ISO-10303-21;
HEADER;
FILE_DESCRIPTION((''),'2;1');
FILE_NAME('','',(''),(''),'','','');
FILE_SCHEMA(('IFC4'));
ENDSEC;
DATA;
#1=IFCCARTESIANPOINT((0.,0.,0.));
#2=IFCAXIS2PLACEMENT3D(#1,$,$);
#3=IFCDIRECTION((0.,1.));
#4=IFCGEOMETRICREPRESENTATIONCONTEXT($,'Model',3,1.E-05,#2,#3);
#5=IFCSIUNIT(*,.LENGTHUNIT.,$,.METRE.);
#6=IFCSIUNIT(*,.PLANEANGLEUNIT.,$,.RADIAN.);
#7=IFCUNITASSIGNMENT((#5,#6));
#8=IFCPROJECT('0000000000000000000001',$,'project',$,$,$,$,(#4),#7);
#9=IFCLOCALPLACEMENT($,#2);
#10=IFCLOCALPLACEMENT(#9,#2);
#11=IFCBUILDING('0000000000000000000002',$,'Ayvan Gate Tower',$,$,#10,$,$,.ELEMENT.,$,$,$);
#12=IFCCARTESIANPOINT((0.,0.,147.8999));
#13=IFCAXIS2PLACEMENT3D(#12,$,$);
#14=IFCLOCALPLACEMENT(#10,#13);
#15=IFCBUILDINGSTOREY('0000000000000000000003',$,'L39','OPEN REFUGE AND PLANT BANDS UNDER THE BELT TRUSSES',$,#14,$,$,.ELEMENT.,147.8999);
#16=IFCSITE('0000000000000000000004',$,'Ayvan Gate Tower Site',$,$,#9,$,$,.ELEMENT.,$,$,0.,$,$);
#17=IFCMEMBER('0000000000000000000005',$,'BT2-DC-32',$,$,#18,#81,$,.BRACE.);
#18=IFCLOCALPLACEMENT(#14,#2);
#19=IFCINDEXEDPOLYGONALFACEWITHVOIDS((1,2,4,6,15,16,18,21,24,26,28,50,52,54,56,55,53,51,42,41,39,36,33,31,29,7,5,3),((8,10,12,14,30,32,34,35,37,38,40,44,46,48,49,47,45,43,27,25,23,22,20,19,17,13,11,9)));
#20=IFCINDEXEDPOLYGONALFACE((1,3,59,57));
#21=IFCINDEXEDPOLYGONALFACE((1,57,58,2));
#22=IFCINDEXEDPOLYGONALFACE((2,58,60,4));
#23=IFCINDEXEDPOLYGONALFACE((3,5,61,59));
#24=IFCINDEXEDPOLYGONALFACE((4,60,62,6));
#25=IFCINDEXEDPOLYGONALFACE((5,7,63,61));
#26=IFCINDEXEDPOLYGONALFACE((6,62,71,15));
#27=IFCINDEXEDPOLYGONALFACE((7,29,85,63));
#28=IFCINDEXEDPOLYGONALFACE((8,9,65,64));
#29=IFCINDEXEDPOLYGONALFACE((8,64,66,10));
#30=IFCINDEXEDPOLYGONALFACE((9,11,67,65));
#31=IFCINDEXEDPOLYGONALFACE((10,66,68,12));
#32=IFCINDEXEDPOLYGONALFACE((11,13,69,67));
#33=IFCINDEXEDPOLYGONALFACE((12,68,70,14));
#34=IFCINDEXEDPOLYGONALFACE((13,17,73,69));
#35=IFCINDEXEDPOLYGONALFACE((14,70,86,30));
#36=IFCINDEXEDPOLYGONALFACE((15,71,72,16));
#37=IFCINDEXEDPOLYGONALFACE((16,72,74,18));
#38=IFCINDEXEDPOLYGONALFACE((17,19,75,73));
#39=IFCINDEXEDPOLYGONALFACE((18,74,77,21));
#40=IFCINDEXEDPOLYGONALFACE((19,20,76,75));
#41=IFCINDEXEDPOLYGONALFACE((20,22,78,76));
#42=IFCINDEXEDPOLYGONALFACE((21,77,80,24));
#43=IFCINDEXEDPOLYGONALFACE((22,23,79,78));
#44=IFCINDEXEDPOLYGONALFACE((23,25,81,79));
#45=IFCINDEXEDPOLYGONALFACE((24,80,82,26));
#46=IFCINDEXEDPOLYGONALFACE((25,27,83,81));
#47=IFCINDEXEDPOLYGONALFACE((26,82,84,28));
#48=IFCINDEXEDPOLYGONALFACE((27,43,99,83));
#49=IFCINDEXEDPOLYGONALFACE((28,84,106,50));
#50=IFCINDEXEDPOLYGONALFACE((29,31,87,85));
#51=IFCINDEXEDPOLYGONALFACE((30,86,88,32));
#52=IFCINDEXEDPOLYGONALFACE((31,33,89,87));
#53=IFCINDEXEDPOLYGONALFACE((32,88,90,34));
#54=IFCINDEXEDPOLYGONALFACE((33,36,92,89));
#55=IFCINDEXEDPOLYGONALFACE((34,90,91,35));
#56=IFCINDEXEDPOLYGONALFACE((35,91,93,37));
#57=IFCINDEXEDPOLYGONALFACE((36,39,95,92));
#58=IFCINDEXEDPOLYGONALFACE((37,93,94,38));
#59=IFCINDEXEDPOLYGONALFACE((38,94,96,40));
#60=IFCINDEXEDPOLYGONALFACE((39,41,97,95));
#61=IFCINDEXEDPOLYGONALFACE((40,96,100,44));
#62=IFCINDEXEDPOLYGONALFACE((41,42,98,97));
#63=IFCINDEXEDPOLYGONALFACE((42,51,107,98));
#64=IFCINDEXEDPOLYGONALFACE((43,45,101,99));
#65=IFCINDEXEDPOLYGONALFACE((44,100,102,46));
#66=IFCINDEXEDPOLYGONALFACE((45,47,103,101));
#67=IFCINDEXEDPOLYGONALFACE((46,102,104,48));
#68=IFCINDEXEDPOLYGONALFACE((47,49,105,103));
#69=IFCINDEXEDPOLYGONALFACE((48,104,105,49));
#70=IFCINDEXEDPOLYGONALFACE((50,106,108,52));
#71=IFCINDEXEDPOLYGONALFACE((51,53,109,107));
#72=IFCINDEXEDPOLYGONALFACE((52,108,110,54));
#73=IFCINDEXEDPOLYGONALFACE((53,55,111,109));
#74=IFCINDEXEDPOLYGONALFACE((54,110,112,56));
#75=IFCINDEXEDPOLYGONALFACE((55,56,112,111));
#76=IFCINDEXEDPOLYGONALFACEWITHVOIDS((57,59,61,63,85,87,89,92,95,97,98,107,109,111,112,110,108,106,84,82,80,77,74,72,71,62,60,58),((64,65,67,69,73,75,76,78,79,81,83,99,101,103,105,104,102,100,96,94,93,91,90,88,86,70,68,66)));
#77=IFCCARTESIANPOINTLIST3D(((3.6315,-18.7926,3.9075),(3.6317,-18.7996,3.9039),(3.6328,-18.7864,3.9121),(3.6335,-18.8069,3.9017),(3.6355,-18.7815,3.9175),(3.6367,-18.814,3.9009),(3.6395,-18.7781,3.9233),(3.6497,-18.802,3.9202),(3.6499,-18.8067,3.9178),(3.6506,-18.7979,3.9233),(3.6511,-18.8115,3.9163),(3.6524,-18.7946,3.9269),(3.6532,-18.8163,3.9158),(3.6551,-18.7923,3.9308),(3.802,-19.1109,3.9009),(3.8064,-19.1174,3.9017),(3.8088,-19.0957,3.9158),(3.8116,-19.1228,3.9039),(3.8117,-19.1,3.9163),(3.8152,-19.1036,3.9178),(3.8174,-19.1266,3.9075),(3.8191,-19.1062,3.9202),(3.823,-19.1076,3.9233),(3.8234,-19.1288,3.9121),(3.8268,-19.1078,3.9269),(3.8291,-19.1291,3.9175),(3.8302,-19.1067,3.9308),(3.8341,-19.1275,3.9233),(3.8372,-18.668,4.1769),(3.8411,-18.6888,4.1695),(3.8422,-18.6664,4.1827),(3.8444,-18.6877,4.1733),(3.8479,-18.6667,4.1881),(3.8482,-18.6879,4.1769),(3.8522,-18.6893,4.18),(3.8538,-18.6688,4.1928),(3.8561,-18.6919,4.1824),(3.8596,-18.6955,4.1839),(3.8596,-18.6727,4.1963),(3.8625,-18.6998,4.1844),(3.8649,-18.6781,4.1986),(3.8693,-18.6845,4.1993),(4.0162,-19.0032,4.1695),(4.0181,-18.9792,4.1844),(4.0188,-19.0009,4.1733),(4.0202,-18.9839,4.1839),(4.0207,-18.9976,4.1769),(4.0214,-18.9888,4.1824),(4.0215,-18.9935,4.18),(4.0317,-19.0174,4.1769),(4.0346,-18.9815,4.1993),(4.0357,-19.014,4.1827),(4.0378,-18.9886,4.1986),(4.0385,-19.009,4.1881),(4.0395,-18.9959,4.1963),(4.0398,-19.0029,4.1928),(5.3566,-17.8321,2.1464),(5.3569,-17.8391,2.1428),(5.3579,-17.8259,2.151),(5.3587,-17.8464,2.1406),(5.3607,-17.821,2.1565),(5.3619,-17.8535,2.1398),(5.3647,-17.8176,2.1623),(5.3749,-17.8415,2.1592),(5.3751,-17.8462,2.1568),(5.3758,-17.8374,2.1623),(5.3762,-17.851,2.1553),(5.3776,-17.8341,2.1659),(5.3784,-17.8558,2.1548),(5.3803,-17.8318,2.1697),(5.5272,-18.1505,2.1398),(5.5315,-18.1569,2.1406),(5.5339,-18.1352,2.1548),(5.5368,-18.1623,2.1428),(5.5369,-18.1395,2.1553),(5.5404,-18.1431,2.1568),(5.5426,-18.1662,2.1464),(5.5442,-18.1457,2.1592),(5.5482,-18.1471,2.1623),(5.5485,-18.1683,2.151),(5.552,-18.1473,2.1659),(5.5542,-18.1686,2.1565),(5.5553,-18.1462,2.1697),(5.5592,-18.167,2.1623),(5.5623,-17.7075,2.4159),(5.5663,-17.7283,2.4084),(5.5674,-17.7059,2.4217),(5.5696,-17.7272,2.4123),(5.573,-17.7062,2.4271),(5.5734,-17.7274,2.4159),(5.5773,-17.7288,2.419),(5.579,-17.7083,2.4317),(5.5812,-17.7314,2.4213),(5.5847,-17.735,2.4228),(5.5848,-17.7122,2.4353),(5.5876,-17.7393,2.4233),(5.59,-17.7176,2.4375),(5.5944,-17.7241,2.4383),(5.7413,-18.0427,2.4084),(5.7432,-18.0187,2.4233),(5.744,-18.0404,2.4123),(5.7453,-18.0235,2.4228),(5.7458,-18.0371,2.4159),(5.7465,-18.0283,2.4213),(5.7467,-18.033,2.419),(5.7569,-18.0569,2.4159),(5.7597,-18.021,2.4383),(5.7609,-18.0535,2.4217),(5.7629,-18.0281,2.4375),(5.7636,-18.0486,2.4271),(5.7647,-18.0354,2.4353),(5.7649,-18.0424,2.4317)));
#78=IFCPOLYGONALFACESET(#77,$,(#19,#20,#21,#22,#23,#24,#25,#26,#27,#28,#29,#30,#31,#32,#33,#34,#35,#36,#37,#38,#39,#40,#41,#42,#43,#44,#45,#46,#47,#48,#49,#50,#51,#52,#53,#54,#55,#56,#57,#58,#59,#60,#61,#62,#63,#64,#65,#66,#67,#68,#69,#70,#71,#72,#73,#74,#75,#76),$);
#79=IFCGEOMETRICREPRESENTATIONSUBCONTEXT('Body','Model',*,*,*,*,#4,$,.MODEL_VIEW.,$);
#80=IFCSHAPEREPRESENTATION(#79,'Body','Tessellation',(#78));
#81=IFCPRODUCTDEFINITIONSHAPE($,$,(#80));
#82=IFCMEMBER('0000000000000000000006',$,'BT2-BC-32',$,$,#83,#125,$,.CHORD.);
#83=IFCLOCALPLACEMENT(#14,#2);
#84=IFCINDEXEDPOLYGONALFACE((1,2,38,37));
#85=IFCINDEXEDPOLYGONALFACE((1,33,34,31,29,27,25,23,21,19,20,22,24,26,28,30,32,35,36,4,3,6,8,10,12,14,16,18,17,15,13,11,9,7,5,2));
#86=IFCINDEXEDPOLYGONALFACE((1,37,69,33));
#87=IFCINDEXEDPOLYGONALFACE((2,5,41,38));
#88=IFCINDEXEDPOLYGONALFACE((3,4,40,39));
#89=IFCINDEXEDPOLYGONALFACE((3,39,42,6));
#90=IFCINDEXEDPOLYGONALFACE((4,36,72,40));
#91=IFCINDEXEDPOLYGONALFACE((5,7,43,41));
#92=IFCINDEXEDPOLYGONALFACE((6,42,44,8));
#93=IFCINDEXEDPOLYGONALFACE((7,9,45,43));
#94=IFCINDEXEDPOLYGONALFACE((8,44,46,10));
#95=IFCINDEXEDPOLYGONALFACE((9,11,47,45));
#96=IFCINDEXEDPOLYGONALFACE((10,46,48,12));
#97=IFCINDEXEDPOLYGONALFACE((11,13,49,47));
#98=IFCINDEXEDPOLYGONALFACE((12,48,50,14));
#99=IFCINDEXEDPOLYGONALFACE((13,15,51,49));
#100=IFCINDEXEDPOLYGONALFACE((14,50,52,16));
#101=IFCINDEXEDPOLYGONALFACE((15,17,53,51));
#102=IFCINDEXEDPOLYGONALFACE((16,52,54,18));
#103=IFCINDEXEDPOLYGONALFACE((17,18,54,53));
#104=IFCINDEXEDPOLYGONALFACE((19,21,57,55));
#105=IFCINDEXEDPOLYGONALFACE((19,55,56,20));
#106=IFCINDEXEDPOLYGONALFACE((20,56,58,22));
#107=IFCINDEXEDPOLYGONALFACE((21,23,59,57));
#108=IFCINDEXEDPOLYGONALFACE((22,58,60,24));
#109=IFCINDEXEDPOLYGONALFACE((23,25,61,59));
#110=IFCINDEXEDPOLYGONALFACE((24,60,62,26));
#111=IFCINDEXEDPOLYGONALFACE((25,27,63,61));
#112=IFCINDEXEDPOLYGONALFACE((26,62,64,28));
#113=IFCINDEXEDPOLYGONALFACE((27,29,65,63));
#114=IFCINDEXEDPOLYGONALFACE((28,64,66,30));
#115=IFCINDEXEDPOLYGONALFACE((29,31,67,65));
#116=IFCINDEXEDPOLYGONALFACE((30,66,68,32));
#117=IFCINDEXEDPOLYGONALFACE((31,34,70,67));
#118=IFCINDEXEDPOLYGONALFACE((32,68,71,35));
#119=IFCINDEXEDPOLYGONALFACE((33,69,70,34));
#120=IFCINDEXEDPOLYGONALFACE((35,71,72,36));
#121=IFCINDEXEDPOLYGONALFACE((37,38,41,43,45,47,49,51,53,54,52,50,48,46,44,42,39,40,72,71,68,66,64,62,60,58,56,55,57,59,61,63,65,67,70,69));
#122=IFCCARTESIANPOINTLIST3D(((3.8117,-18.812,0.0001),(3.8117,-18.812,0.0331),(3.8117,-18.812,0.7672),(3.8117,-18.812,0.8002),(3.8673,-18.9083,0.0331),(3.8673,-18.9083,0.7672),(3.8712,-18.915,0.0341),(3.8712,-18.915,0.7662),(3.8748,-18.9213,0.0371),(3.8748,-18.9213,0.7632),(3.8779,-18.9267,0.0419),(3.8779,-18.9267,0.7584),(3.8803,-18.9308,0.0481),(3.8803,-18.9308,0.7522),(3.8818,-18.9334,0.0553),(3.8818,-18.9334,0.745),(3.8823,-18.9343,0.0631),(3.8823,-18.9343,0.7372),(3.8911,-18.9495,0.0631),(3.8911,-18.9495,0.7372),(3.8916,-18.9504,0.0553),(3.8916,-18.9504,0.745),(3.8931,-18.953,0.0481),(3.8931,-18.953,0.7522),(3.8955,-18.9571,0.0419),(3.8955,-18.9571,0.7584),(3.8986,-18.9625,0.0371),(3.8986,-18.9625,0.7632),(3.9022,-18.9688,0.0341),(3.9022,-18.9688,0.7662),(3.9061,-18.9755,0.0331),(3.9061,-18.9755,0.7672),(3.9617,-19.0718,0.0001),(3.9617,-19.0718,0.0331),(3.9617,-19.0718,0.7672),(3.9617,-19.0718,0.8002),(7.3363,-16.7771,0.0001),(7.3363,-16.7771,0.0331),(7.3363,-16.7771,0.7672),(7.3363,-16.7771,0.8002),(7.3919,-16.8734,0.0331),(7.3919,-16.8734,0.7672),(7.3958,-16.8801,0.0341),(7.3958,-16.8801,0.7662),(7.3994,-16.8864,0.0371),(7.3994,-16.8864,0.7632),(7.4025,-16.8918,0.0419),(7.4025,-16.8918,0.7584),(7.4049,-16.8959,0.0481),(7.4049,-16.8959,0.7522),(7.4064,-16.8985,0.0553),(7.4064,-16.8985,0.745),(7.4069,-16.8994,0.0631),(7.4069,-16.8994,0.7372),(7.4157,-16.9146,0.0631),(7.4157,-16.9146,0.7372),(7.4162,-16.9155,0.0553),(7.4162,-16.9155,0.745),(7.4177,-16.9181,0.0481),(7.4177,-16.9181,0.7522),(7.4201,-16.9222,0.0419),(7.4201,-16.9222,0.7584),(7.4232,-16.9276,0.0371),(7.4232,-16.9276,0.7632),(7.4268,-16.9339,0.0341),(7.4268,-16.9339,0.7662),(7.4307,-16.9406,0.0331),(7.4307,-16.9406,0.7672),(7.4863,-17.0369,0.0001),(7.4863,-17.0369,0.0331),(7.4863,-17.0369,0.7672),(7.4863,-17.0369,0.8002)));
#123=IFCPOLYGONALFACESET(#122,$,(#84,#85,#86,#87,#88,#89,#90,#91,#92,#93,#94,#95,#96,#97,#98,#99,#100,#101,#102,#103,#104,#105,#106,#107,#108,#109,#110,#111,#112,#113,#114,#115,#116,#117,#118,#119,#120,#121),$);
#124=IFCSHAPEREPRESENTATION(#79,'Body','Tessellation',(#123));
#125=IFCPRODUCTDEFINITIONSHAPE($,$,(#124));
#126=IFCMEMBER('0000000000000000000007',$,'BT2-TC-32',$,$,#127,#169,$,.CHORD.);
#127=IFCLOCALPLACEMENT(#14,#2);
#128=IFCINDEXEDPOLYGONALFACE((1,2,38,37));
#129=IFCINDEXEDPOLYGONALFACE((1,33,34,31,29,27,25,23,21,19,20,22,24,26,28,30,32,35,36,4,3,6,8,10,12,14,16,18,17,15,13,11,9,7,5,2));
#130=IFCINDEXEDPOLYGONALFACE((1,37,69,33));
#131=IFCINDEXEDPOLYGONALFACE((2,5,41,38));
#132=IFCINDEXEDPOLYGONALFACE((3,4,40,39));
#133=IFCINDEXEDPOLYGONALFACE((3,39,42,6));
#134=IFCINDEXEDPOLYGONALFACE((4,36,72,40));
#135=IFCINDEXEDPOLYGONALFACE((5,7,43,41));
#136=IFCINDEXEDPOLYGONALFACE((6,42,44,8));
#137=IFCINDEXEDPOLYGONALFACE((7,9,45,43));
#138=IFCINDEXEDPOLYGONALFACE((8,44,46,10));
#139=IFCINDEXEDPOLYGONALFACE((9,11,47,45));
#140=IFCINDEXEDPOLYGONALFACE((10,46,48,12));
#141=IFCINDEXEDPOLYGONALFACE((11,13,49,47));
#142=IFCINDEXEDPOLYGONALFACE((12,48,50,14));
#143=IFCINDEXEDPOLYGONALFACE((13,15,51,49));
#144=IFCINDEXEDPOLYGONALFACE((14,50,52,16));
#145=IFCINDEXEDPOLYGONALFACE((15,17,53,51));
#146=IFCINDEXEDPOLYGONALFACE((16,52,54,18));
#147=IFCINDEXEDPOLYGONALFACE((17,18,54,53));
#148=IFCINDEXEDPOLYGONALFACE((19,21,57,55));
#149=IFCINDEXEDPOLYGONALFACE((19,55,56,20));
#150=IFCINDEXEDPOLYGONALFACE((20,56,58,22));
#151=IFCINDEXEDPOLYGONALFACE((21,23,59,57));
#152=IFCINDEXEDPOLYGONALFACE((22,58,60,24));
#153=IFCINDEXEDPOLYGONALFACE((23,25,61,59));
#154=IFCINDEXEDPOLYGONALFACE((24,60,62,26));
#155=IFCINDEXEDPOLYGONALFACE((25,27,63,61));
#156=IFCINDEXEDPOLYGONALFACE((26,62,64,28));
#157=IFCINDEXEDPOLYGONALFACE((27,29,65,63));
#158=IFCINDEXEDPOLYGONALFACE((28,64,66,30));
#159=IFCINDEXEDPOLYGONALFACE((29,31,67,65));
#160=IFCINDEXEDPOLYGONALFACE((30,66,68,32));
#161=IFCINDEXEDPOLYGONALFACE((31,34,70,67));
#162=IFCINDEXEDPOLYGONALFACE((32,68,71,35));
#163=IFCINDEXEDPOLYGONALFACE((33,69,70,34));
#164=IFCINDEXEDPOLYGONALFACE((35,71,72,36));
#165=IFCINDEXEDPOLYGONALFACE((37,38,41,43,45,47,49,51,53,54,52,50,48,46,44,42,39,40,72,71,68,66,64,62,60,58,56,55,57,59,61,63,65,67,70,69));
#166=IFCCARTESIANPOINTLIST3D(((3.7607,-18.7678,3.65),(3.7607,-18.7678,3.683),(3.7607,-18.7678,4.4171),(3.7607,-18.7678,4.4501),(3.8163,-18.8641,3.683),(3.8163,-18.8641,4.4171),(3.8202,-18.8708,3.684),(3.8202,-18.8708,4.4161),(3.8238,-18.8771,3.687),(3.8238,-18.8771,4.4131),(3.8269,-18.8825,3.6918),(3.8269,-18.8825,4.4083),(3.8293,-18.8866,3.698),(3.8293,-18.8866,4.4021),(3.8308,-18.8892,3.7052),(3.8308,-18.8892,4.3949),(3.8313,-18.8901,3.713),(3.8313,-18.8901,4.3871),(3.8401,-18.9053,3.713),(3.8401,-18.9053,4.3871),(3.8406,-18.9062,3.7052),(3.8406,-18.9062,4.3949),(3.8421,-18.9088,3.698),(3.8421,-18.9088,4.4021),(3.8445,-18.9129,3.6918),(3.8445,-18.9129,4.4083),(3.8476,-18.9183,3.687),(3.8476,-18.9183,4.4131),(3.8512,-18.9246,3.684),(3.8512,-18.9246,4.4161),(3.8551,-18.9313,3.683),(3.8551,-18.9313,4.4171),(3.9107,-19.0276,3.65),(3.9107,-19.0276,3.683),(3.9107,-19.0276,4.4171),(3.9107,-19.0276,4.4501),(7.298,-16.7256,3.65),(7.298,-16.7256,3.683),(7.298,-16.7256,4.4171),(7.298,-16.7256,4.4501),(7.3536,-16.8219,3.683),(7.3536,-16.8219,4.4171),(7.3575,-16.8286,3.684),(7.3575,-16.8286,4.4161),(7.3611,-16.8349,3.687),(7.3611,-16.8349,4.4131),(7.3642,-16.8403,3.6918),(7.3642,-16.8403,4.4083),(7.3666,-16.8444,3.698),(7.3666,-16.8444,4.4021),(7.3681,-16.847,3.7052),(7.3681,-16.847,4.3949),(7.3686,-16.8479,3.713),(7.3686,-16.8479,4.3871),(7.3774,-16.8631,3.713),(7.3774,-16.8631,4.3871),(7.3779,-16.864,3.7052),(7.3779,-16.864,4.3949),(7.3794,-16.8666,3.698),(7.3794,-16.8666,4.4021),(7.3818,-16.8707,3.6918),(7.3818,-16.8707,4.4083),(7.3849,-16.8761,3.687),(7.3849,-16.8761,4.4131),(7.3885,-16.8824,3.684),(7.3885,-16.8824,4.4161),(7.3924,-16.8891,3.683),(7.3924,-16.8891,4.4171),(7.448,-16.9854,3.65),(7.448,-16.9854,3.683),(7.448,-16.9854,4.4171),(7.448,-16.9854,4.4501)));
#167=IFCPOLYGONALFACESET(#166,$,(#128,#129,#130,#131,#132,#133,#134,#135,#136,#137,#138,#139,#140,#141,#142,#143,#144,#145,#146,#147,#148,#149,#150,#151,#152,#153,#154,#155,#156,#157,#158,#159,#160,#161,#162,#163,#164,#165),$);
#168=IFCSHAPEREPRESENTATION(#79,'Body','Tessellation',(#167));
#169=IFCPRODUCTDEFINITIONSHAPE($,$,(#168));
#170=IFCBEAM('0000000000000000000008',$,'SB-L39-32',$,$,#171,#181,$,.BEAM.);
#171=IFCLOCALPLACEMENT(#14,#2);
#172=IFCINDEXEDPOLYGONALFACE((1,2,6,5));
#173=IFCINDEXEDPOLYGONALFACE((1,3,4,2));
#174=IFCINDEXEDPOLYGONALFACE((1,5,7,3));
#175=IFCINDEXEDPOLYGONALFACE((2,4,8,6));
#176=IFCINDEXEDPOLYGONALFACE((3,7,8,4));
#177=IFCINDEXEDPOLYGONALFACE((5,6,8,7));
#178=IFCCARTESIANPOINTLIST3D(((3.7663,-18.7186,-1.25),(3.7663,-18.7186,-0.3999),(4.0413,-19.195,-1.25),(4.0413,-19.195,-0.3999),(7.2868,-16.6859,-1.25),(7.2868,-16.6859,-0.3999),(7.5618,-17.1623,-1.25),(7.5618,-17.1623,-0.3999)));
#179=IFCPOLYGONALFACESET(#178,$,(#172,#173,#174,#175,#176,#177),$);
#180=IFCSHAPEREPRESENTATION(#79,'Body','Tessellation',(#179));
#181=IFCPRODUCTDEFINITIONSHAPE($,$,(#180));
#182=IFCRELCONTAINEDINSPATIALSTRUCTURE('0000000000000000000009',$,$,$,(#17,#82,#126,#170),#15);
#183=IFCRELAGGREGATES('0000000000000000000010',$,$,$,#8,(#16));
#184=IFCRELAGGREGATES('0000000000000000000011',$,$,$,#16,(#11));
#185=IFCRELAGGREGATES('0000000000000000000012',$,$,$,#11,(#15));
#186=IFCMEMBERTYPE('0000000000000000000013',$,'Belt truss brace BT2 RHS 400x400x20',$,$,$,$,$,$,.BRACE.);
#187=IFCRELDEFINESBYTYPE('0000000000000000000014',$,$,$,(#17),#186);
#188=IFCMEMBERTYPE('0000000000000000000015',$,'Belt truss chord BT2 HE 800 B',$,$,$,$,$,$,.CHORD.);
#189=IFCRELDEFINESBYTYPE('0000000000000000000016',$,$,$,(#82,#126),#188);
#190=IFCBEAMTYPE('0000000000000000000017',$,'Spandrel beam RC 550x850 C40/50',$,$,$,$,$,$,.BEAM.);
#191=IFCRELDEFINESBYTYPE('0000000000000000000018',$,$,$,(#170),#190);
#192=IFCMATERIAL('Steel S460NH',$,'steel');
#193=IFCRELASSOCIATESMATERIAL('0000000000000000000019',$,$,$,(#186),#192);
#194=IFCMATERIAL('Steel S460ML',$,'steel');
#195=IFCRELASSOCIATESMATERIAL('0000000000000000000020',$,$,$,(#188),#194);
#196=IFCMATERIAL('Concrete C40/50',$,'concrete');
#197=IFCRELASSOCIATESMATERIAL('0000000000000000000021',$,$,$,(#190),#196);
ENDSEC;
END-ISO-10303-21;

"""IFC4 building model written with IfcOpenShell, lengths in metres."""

from ifc_helpers import new_model, si_unit, direction, frame, origin, origin_2d, place, context, subcontext, project, spatial, rectangle, hollow_rectangle, i_section, extrude, material, material_profile, profile_set, type_object, element, save


model = new_model("IFC4")

# Units and contexts
model_context = context("Model", 3, precision=1e-05, world=origin(), true_north=direction((0.0, 1.0)))
body_context = subcontext(model_context, "Body", "Model", "MODEL_VIEW")
ifc_project = project(units=[si_unit("LENGTHUNIT", "METRE"), si_unit("PLANEANGLEUNIT", "RADIAN")], contexts=[model_context])

# Site, building, storey
site_placement = place(None, origin())
site = spatial("IfcSite", under=ifc_project, at=site_placement, Name="Ayvan Gate Tower Site", CompositionType="ELEMENT", RefElevation=0.0)
building_placement = place(site_placement, origin())
building = spatial("IfcBuilding", under=site, at=building_placement, Name="Ayvan Gate Tower", CompositionType="ELEMENT")
storey_placement = place(building_placement, frame((0.0, 0.0, 147.8999)))
storey = spatial("IfcBuildingStorey", under=building, at=storey_placement, Name="L39", Description="OPEN REFUGE AND PLANT BANDS UNDER THE BELT TRUSSES", CompositionType="ELEMENT", Elevation=147.8999)

# Members
ifc_material_1 = material(Name="Steel S460NH", Category="steel")
ifc_material_profile_1 = material_profile(ifc_material_1, hollow_rectangle(XDim=0.3999, YDim=0.3999, WallThickness=0.02, InnerFilletRadius=0.02, OuterFilletRadius=0.03, at=origin_2d()), Name="RHS 400x400x20")
ifc_profile_set_1 = profile_set([ifc_material_profile_1], Name="Steel S460NH")
member_type_1 = type_object("IfcMemberType", Name="Belt truss brace BT2 RHS 400x400x20", PredefinedType="BRACE", material=ifc_profile_set_1)
member_1_placement = place(storey_placement, frame((5.5608, -17.9373, 2.2891), z_axis=(-0.652049, -0.363029, 0.665614), x_axis=(0.486441, -0.873714, 0.0)))
element("IfcMember", 1, at=member_1_placement, inside=storey, type_object=member_type_1, Name="BT2-DC-32", PredefinedType="BRACE", context=body_context, shape_type="SweptSolid", body=[
    extrude(hollow_rectangle(XDim=0.3999, YDim=0.3999, WallThickness=0.02, InnerFilletRadius=0.02, OuterFilletRadius=0.03, at=origin_2d()), origin(), (0.0, 0.0, 1.0), 2.6458),
])
ifc_material_2 = material(Name="Steel S460ML", Category="steel")
ifc_material_profile_2 = material_profile(ifc_material_2, i_section(OverallWidth=0.3, OverallDepth=0.8, WebThickness=0.0176, FlangeThickness=0.033, FilletRadius=0.03, at=origin_2d()), Name="HE 800 B")
ifc_profile_set_2 = profile_set([ifc_material_profile_2], Name="Steel S460ML")
member_type_2 = type_object("IfcMemberType", Name="Belt truss chord BT2 HE 800 B", PredefinedType="CHORD", material=ifc_profile_set_2)
member_2_placement = place(storey_placement, frame((3.8867, -18.9419, 0.4001), z_axis=(0.866031, 0.499991, 0.0), x_axis=(-0.499991, 0.866031, 0.0)))
element("IfcMember", 2, at=member_2_placement, inside=storey, type_object=member_type_2, Name="BT2-BC-32", PredefinedType="CHORD", context=body_context, shape_type="SweptSolid", body=[
    extrude(i_section(OverallWidth=0.3, OverallDepth=0.8, WebThickness=0.0176, FlangeThickness=0.033, FilletRadius=0.03, at=origin_2d()), origin(), (0.0, 0.0, 1.0), 4.0698),
])
member_3_placement = place(storey_placement, frame((3.8357, -18.8977, 4.05), z_axis=(0.866031, 0.49999, 0.0), x_axis=(-0.49999, 0.866031, 0.0)))
element("IfcMember", 3, at=member_3_placement, inside=storey, type_object=member_type_2, Name="BT2-TC-32", PredefinedType="CHORD", context=body_context, shape_type="SweptSolid", body=[
    extrude(i_section(OverallWidth=0.3, OverallDepth=0.8, WebThickness=0.0176, FlangeThickness=0.033, FilletRadius=0.03, at=origin_2d()), origin(), (0.0, 0.0, 1.0), 4.0845),
])

# Beam
ifc_material_3 = material(Name="Concrete C40/50", Category="concrete")
ifc_material_profile_3 = material_profile(ifc_material_3, rectangle(XDim=0.55, YDim=0.8501, at=origin_2d()), Name="RC 550x850")
ifc_profile_set_3 = profile_set([ifc_material_profile_3], Name="Concrete C40/50")
beam_type_1 = type_object("IfcBeamType", Name="Spandrel beam RC 550x850 C40/50", PredefinedType="BEAM", material=ifc_profile_set_3)
beam_1_placement = place(storey_placement, frame((3.9038, -18.9568, -0.825), z_axis=(0.86601, 0.500027, 0.0), x_axis=(-0.500027, 0.86601, 0.0)))
element("IfcBeam", 4, at=beam_1_placement, inside=storey, type_object=beam_type_1, Name="SB-L39-32", PredefinedType="BEAM", context=body_context, shape_type="SweptSolid", body=[
    extrude(rectangle(XDim=0.55, YDim=0.8501, at=origin_2d()), origin(), (0.0, 0.0, 1.0), 4.0652),
])

save(model, "model.ifc")
